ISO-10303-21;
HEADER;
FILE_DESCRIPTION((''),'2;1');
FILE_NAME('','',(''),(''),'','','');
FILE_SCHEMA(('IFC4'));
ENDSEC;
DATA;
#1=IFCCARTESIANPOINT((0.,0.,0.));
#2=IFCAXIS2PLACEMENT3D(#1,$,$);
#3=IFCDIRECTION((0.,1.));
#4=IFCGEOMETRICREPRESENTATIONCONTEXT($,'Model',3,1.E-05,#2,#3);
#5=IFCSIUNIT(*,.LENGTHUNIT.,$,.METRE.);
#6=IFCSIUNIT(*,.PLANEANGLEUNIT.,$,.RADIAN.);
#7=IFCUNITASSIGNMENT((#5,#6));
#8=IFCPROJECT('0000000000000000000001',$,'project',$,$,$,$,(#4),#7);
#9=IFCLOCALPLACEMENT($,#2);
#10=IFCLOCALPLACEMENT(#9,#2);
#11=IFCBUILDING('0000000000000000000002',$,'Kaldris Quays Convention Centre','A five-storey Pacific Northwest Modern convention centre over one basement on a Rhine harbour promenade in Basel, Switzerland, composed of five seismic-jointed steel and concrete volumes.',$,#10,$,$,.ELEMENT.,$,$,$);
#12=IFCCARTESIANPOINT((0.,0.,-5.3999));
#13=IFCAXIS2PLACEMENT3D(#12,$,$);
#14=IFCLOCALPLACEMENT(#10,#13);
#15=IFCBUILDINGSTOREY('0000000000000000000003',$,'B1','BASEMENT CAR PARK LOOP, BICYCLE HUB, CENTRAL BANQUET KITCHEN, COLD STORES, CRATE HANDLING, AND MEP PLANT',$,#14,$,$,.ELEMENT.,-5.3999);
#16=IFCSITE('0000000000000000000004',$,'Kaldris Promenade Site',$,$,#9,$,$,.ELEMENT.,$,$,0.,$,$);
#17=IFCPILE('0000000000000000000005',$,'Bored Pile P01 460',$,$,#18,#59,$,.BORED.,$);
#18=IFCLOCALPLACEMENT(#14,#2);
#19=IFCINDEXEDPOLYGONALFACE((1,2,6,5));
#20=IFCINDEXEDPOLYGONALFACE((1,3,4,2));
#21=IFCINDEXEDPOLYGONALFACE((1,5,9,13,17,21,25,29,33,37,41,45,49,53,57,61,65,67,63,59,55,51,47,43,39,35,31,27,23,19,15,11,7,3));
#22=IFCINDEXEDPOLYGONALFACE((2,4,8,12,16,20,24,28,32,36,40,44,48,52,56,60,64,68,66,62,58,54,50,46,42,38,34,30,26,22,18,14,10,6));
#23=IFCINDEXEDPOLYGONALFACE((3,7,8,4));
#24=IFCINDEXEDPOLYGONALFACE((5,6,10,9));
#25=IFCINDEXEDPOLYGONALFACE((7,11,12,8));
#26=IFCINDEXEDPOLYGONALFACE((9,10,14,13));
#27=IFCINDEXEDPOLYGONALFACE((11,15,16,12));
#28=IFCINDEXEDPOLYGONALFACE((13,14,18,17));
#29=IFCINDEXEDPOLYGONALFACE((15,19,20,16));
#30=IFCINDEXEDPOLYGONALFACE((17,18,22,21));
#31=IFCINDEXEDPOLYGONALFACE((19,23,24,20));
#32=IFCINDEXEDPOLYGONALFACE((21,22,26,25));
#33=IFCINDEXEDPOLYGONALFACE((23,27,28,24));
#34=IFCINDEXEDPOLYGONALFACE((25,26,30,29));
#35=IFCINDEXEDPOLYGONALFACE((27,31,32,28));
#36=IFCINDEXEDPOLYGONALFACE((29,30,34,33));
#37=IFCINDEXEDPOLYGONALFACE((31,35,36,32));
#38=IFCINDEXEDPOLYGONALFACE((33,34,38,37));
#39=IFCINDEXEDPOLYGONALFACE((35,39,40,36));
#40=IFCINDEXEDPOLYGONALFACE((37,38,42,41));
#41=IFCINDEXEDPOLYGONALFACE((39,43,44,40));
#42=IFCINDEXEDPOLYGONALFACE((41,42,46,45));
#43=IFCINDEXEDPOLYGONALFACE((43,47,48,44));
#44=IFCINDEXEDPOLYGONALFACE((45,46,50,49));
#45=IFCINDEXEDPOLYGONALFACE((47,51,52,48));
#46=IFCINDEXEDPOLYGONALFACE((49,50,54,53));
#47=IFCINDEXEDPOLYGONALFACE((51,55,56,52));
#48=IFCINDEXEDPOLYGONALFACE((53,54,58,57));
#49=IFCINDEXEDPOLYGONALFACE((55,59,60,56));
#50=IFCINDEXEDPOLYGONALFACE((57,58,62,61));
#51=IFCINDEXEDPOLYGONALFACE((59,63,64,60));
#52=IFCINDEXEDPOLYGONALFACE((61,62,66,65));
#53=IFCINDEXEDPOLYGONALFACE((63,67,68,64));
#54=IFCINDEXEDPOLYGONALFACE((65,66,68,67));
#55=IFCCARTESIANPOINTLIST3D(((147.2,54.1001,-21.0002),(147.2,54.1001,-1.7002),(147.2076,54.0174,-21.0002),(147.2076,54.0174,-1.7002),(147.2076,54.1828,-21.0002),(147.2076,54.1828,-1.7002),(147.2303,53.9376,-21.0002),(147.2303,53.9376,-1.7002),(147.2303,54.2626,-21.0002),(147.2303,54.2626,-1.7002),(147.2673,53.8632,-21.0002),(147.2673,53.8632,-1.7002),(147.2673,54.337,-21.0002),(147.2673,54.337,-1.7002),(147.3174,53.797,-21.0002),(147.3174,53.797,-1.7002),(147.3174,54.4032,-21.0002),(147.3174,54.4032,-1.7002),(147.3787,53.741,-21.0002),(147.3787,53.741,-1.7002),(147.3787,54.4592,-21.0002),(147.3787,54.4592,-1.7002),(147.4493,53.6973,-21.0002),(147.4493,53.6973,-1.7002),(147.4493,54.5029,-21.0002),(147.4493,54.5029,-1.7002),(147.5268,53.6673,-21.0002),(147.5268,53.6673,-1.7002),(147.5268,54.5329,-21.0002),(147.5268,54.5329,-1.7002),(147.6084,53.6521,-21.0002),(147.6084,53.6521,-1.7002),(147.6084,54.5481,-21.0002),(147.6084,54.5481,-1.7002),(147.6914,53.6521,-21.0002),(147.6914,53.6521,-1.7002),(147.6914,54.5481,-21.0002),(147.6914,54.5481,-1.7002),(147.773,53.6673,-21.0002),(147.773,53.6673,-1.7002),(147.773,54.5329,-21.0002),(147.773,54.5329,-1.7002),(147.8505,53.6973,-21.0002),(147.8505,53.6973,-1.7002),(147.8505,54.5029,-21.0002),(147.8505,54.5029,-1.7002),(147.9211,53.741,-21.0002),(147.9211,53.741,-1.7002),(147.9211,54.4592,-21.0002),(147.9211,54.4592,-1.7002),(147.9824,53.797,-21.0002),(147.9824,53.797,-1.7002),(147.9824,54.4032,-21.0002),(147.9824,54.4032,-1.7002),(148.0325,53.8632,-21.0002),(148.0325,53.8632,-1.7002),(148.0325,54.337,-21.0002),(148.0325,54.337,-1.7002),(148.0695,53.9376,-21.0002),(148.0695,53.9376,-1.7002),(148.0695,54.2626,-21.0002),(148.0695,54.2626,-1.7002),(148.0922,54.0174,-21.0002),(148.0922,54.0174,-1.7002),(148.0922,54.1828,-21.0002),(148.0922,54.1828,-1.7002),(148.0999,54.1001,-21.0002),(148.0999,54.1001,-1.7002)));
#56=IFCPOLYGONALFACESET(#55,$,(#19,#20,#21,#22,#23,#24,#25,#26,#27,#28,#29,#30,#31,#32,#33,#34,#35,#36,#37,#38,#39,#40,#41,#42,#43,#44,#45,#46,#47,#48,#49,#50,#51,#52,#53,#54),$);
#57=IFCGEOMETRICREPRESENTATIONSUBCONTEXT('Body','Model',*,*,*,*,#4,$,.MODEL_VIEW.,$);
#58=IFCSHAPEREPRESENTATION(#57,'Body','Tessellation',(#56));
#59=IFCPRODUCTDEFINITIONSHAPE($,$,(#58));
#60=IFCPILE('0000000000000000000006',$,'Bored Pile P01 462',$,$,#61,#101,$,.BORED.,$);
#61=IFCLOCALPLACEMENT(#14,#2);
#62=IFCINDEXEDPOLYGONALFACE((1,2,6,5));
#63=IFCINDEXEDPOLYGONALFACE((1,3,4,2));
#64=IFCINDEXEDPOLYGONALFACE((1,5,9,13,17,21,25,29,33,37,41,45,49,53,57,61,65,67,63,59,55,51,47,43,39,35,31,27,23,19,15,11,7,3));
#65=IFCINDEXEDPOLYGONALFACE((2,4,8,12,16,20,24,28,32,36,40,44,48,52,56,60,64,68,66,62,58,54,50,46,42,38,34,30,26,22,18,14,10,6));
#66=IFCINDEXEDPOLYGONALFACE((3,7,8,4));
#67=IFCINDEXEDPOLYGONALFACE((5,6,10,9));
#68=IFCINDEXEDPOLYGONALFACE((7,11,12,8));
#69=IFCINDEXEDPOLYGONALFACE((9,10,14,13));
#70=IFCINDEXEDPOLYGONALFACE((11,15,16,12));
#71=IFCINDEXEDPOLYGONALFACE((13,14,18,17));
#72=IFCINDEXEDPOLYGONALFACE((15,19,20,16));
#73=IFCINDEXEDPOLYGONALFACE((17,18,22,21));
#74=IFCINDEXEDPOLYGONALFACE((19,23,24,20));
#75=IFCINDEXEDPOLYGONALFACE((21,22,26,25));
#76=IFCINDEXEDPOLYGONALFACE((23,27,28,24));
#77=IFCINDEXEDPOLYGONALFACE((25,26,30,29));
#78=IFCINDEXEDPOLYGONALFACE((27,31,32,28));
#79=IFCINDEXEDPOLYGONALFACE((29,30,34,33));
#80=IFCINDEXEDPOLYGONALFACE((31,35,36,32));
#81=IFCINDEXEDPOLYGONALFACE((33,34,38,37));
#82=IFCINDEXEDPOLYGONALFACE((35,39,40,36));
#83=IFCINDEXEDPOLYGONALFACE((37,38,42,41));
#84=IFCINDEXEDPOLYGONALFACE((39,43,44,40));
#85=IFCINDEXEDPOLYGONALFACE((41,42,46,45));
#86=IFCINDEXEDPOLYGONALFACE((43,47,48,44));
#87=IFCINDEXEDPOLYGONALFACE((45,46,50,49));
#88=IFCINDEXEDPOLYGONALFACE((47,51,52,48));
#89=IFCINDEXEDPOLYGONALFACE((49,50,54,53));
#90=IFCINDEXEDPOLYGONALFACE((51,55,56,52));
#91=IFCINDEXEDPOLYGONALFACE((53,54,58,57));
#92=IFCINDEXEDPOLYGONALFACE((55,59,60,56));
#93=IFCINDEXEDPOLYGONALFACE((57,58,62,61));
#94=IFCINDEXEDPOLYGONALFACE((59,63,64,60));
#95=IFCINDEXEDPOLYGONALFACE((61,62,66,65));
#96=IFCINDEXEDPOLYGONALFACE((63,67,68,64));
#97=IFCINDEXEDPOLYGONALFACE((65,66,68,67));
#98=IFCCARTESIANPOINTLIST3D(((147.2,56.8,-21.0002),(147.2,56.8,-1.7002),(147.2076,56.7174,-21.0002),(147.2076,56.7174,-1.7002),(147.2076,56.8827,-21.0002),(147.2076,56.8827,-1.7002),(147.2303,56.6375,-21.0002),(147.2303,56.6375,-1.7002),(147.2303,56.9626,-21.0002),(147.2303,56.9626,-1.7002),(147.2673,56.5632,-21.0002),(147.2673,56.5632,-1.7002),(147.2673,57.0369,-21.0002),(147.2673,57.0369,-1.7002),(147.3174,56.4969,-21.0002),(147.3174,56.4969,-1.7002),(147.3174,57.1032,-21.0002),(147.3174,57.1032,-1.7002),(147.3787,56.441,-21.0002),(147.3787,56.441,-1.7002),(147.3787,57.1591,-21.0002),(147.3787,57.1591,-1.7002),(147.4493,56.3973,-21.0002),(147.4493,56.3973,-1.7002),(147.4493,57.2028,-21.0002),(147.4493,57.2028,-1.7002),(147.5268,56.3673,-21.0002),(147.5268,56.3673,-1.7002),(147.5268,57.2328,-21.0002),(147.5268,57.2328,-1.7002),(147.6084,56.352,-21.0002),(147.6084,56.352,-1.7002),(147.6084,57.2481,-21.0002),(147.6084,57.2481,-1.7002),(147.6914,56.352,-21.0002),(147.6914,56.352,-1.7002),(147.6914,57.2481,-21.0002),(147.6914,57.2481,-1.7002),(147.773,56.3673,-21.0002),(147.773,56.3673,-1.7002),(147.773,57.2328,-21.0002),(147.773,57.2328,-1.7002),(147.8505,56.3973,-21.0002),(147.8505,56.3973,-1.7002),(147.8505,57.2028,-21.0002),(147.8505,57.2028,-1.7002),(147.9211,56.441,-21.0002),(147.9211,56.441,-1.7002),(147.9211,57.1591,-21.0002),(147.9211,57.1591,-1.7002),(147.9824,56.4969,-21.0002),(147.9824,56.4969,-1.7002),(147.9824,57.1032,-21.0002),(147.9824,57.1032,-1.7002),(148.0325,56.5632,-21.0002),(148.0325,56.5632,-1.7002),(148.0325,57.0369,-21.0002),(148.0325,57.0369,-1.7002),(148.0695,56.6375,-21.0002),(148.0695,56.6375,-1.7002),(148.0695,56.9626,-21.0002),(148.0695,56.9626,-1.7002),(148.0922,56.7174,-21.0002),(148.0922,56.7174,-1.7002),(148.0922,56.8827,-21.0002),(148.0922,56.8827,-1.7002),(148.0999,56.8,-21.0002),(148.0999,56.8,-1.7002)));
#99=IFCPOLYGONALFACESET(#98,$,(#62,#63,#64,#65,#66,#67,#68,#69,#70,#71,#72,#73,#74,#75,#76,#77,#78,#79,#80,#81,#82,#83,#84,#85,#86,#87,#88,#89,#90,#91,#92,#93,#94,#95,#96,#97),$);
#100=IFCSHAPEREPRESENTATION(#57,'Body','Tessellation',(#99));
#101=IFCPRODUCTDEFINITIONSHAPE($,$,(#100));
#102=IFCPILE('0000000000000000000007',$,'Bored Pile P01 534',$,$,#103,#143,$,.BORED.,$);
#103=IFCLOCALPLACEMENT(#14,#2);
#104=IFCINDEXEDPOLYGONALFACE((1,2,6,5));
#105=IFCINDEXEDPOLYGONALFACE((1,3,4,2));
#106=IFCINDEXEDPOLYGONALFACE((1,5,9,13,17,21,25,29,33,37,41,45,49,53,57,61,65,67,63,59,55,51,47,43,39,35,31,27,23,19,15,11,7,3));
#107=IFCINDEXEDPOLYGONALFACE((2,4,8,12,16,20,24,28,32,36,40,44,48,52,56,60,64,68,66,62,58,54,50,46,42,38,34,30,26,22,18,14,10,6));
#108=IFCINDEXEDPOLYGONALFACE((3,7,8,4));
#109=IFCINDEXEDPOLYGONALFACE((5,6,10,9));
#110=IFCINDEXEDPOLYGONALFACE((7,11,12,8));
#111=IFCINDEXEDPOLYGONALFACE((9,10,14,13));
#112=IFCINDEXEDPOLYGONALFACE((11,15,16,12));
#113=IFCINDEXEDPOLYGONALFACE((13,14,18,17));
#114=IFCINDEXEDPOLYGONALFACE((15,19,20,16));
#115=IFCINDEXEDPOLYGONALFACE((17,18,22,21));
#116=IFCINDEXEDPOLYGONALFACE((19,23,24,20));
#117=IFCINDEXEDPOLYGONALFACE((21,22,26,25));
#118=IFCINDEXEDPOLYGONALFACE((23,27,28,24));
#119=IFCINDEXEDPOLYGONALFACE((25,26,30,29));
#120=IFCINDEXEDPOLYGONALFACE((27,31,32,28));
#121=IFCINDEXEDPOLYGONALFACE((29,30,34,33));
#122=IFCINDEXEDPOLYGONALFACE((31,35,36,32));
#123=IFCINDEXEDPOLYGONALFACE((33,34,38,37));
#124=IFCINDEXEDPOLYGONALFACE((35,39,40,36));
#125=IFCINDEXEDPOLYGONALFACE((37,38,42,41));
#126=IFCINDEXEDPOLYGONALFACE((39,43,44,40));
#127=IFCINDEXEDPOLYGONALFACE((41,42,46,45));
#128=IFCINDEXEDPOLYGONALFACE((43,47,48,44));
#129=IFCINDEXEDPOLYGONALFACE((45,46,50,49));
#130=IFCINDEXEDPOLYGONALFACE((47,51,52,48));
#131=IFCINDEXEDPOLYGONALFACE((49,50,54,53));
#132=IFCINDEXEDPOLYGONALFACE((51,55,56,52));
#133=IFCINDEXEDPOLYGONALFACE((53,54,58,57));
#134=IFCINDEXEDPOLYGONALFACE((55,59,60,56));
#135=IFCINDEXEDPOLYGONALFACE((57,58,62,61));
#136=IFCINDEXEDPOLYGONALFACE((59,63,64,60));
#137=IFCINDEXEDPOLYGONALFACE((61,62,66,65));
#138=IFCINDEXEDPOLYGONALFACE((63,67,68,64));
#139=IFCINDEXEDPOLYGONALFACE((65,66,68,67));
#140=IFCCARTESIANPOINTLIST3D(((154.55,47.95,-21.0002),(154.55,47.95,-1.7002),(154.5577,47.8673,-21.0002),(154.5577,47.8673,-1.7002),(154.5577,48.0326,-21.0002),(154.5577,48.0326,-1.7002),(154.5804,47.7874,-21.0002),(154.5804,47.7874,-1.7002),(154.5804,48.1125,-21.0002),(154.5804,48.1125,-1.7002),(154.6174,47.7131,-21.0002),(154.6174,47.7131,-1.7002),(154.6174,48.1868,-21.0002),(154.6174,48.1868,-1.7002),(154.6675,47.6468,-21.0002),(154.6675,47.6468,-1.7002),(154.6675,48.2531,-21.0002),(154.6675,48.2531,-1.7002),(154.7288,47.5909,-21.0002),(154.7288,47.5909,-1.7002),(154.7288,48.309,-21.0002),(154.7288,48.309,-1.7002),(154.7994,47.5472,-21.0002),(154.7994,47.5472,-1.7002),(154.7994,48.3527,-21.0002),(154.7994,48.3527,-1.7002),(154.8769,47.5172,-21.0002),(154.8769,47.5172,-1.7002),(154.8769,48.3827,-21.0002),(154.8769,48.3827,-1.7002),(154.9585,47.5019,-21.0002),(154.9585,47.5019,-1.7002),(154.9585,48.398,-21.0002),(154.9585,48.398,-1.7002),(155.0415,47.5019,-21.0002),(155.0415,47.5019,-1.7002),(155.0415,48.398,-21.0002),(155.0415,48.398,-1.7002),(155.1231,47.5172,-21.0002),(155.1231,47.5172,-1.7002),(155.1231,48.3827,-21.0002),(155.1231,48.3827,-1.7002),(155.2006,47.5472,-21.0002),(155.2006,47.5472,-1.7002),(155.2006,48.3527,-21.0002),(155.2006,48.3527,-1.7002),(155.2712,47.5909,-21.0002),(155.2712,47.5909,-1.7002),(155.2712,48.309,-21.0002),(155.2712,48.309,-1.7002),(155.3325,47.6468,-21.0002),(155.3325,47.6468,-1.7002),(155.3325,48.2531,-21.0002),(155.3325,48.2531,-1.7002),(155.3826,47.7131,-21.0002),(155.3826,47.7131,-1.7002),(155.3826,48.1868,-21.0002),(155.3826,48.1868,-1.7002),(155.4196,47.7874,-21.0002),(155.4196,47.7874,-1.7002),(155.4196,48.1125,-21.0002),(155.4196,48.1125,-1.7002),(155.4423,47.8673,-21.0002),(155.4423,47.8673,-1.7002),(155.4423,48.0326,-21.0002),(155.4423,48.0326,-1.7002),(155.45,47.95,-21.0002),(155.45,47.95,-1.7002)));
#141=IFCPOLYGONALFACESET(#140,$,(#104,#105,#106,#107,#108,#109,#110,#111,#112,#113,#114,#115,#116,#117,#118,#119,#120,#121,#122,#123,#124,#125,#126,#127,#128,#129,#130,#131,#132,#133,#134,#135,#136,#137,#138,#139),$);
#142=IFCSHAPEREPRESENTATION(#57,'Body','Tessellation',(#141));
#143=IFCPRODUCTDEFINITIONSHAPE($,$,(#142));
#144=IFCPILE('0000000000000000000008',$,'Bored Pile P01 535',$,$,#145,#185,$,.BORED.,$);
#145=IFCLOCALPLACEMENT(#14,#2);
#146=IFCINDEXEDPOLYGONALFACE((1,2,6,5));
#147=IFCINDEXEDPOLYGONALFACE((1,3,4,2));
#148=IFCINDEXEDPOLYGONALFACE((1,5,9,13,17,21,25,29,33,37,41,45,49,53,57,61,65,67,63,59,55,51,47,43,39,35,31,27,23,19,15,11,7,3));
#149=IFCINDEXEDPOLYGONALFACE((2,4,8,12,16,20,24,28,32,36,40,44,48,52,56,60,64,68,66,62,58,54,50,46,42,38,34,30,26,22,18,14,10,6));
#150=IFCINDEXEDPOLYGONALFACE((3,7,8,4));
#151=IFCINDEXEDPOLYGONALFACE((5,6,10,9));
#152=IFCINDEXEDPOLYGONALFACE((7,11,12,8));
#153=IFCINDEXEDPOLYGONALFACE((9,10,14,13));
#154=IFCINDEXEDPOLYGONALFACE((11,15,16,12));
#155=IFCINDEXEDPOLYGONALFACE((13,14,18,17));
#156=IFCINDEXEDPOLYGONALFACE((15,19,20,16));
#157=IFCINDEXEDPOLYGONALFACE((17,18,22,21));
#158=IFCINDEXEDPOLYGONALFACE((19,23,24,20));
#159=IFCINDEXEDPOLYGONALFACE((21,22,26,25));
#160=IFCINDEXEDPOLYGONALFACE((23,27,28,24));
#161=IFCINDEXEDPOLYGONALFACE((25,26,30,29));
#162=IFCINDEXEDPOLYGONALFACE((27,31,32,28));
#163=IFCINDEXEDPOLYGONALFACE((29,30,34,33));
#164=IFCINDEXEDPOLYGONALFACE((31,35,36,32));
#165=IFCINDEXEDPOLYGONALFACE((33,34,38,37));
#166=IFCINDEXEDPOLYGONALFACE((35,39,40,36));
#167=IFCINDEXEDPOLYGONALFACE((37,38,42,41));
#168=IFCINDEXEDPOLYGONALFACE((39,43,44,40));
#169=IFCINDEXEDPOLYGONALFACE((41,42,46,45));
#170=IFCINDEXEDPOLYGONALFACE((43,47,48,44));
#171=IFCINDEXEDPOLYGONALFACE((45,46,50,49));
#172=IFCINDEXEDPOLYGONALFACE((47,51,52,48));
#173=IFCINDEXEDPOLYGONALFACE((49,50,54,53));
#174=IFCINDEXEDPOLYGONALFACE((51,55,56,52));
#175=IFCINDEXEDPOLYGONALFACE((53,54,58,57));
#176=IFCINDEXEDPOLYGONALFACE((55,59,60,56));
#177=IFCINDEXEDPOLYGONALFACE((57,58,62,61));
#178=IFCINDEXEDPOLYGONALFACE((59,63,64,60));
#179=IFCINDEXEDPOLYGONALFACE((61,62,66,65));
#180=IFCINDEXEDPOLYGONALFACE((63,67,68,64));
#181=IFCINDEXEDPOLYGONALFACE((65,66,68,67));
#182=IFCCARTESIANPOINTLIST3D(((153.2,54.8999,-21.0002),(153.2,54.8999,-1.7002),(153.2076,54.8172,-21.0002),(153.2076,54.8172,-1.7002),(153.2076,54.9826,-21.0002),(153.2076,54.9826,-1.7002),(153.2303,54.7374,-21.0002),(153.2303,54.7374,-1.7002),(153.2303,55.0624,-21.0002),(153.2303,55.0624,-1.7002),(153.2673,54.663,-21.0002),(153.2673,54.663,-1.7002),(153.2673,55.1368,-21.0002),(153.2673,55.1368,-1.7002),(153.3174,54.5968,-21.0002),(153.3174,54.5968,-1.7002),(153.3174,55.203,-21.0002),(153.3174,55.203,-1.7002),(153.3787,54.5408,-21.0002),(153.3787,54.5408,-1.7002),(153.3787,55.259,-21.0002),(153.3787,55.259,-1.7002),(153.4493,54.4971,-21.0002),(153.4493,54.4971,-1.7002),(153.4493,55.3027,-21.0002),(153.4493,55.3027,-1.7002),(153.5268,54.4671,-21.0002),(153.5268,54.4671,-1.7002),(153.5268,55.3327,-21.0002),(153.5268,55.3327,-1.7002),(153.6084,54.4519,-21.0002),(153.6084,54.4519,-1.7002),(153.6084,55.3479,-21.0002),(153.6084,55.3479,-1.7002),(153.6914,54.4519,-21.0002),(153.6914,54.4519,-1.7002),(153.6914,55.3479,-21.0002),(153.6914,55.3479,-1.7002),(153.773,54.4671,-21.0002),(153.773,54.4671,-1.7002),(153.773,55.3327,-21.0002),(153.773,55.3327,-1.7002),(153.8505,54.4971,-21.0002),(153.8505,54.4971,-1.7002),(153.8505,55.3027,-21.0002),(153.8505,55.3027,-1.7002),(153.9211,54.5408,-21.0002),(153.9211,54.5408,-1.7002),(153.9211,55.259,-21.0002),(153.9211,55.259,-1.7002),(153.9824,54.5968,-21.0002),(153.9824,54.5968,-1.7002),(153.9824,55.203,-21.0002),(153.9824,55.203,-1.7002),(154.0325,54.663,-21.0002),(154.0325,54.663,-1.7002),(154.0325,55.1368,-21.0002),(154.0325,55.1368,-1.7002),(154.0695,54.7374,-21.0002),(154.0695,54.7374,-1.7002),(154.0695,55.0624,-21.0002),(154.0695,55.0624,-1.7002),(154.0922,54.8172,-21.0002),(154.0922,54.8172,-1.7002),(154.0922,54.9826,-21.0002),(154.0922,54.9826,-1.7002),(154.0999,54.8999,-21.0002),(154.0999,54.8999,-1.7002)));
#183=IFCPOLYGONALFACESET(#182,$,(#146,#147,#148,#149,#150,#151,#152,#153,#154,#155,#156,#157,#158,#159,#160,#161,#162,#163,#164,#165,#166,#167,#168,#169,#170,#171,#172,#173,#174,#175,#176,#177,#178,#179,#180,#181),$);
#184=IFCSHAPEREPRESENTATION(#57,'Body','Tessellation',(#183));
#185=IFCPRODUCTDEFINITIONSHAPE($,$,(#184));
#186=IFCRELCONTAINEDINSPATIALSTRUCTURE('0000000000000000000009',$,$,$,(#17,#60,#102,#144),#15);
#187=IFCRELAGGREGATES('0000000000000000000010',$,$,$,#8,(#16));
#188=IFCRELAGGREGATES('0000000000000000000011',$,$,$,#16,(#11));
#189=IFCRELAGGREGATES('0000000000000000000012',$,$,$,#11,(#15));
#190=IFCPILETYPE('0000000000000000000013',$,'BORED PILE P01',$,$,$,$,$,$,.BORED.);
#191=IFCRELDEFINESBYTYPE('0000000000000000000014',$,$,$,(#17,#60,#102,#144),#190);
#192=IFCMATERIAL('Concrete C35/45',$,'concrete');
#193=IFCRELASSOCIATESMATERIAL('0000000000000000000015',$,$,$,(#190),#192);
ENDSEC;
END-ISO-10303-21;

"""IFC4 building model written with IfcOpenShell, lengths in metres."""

from ifc_helpers import new_model, si_unit, direction, frame, origin, origin_2d, place, context, subcontext, project, spatial, circle, extrude, material, material_profile, profile_set, type_object, element, save


model = new_model("IFC4")

# Units and contexts
model_context = context("Model", 3, precision=1e-05, world=origin(), true_north=direction((0.0, 1.0)))
body_context = subcontext(model_context, "Body", "Model", "MODEL_VIEW")
ifc_project = project(units=[si_unit("LENGTHUNIT", "METRE"), si_unit("PLANEANGLEUNIT", "RADIAN")], contexts=[model_context])

# Site, building, storey
site_placement = place(None, origin())
site = spatial("IfcSite", under=ifc_project, at=site_placement, Name="Kaldris Promenade Site", CompositionType="ELEMENT", RefElevation=0.0)
building_placement = place(site_placement, origin())
building = spatial("IfcBuilding", under=site, at=building_placement, Name="Kaldris Quays Convention Centre", Description="A five-storey Pacific Northwest Modern convention centre over one basement on a Rhine harbour promenade in Basel, Switzerland, composed of five seismic-jointed steel and concrete volumes.", CompositionType="ELEMENT")
storey_placement = place(building_placement, frame((0.0, 0.0, -5.3999)))
storey = spatial("IfcBuildingStorey", under=building, at=storey_placement, Name="B1", Description="BASEMENT CAR PARK LOOP, BICYCLE HUB, CENTRAL BANQUET KITCHEN, COLD STORES, CRATE HANDLING, AND MEP PLANT", CompositionType="ELEMENT", Elevation=-5.3999)

# Piles
ifc_material_1 = material(Name="Concrete C35/45", Category="concrete")
ifc_material_profile_1 = material_profile(ifc_material_1, circle(Radius=0.45, at=origin_2d()), Name="BORED PILE D900")
ifc_profile_set_1 = profile_set([ifc_material_profile_1], Name="Concrete C35/45")
pile_type_1 = type_object("IfcPileType", Name="BORED PILE P01", PredefinedType="BORED", material=ifc_profile_set_1)
for number, where, z_axis, x_axis, name in (
    (1, (147.6499, 54.1001, -1.7002), (0.0, 0.0, -1.0), (1.0, 0.0, 0.0), "Bored Pile P01 460"),
    (2, (147.6499, 56.8, -1.7002), (0.0, 0.0, -1.0), (1.0, 0.0, 0.0), "Bored Pile P01 462"),
    (3, (155.0, 47.95, -1.7002), (0.0, 0.0, -1.0), (1.0, 0.0, 0.0), "Bored Pile P01 534"),
    (4, (153.6499, 54.8999, -1.7002), (0.0, 0.0, -1.0), (1.0, 0.0, 0.0), "Bored Pile P01 535"),
):
    element("IfcPile", number, at=place(storey_placement, frame(where, z_axis=z_axis, x_axis=x_axis)), inside=storey, type_object=pile_type_1, Name=name, PredefinedType="BORED", context=body_context, shape_type="SweptSolid", body=[
        extrude(circle(Radius=0.45, at=origin_2d()), origin(), (0.0, 0.0, 1.0), 19.3),
    ])

save(model, "model.ifc")
